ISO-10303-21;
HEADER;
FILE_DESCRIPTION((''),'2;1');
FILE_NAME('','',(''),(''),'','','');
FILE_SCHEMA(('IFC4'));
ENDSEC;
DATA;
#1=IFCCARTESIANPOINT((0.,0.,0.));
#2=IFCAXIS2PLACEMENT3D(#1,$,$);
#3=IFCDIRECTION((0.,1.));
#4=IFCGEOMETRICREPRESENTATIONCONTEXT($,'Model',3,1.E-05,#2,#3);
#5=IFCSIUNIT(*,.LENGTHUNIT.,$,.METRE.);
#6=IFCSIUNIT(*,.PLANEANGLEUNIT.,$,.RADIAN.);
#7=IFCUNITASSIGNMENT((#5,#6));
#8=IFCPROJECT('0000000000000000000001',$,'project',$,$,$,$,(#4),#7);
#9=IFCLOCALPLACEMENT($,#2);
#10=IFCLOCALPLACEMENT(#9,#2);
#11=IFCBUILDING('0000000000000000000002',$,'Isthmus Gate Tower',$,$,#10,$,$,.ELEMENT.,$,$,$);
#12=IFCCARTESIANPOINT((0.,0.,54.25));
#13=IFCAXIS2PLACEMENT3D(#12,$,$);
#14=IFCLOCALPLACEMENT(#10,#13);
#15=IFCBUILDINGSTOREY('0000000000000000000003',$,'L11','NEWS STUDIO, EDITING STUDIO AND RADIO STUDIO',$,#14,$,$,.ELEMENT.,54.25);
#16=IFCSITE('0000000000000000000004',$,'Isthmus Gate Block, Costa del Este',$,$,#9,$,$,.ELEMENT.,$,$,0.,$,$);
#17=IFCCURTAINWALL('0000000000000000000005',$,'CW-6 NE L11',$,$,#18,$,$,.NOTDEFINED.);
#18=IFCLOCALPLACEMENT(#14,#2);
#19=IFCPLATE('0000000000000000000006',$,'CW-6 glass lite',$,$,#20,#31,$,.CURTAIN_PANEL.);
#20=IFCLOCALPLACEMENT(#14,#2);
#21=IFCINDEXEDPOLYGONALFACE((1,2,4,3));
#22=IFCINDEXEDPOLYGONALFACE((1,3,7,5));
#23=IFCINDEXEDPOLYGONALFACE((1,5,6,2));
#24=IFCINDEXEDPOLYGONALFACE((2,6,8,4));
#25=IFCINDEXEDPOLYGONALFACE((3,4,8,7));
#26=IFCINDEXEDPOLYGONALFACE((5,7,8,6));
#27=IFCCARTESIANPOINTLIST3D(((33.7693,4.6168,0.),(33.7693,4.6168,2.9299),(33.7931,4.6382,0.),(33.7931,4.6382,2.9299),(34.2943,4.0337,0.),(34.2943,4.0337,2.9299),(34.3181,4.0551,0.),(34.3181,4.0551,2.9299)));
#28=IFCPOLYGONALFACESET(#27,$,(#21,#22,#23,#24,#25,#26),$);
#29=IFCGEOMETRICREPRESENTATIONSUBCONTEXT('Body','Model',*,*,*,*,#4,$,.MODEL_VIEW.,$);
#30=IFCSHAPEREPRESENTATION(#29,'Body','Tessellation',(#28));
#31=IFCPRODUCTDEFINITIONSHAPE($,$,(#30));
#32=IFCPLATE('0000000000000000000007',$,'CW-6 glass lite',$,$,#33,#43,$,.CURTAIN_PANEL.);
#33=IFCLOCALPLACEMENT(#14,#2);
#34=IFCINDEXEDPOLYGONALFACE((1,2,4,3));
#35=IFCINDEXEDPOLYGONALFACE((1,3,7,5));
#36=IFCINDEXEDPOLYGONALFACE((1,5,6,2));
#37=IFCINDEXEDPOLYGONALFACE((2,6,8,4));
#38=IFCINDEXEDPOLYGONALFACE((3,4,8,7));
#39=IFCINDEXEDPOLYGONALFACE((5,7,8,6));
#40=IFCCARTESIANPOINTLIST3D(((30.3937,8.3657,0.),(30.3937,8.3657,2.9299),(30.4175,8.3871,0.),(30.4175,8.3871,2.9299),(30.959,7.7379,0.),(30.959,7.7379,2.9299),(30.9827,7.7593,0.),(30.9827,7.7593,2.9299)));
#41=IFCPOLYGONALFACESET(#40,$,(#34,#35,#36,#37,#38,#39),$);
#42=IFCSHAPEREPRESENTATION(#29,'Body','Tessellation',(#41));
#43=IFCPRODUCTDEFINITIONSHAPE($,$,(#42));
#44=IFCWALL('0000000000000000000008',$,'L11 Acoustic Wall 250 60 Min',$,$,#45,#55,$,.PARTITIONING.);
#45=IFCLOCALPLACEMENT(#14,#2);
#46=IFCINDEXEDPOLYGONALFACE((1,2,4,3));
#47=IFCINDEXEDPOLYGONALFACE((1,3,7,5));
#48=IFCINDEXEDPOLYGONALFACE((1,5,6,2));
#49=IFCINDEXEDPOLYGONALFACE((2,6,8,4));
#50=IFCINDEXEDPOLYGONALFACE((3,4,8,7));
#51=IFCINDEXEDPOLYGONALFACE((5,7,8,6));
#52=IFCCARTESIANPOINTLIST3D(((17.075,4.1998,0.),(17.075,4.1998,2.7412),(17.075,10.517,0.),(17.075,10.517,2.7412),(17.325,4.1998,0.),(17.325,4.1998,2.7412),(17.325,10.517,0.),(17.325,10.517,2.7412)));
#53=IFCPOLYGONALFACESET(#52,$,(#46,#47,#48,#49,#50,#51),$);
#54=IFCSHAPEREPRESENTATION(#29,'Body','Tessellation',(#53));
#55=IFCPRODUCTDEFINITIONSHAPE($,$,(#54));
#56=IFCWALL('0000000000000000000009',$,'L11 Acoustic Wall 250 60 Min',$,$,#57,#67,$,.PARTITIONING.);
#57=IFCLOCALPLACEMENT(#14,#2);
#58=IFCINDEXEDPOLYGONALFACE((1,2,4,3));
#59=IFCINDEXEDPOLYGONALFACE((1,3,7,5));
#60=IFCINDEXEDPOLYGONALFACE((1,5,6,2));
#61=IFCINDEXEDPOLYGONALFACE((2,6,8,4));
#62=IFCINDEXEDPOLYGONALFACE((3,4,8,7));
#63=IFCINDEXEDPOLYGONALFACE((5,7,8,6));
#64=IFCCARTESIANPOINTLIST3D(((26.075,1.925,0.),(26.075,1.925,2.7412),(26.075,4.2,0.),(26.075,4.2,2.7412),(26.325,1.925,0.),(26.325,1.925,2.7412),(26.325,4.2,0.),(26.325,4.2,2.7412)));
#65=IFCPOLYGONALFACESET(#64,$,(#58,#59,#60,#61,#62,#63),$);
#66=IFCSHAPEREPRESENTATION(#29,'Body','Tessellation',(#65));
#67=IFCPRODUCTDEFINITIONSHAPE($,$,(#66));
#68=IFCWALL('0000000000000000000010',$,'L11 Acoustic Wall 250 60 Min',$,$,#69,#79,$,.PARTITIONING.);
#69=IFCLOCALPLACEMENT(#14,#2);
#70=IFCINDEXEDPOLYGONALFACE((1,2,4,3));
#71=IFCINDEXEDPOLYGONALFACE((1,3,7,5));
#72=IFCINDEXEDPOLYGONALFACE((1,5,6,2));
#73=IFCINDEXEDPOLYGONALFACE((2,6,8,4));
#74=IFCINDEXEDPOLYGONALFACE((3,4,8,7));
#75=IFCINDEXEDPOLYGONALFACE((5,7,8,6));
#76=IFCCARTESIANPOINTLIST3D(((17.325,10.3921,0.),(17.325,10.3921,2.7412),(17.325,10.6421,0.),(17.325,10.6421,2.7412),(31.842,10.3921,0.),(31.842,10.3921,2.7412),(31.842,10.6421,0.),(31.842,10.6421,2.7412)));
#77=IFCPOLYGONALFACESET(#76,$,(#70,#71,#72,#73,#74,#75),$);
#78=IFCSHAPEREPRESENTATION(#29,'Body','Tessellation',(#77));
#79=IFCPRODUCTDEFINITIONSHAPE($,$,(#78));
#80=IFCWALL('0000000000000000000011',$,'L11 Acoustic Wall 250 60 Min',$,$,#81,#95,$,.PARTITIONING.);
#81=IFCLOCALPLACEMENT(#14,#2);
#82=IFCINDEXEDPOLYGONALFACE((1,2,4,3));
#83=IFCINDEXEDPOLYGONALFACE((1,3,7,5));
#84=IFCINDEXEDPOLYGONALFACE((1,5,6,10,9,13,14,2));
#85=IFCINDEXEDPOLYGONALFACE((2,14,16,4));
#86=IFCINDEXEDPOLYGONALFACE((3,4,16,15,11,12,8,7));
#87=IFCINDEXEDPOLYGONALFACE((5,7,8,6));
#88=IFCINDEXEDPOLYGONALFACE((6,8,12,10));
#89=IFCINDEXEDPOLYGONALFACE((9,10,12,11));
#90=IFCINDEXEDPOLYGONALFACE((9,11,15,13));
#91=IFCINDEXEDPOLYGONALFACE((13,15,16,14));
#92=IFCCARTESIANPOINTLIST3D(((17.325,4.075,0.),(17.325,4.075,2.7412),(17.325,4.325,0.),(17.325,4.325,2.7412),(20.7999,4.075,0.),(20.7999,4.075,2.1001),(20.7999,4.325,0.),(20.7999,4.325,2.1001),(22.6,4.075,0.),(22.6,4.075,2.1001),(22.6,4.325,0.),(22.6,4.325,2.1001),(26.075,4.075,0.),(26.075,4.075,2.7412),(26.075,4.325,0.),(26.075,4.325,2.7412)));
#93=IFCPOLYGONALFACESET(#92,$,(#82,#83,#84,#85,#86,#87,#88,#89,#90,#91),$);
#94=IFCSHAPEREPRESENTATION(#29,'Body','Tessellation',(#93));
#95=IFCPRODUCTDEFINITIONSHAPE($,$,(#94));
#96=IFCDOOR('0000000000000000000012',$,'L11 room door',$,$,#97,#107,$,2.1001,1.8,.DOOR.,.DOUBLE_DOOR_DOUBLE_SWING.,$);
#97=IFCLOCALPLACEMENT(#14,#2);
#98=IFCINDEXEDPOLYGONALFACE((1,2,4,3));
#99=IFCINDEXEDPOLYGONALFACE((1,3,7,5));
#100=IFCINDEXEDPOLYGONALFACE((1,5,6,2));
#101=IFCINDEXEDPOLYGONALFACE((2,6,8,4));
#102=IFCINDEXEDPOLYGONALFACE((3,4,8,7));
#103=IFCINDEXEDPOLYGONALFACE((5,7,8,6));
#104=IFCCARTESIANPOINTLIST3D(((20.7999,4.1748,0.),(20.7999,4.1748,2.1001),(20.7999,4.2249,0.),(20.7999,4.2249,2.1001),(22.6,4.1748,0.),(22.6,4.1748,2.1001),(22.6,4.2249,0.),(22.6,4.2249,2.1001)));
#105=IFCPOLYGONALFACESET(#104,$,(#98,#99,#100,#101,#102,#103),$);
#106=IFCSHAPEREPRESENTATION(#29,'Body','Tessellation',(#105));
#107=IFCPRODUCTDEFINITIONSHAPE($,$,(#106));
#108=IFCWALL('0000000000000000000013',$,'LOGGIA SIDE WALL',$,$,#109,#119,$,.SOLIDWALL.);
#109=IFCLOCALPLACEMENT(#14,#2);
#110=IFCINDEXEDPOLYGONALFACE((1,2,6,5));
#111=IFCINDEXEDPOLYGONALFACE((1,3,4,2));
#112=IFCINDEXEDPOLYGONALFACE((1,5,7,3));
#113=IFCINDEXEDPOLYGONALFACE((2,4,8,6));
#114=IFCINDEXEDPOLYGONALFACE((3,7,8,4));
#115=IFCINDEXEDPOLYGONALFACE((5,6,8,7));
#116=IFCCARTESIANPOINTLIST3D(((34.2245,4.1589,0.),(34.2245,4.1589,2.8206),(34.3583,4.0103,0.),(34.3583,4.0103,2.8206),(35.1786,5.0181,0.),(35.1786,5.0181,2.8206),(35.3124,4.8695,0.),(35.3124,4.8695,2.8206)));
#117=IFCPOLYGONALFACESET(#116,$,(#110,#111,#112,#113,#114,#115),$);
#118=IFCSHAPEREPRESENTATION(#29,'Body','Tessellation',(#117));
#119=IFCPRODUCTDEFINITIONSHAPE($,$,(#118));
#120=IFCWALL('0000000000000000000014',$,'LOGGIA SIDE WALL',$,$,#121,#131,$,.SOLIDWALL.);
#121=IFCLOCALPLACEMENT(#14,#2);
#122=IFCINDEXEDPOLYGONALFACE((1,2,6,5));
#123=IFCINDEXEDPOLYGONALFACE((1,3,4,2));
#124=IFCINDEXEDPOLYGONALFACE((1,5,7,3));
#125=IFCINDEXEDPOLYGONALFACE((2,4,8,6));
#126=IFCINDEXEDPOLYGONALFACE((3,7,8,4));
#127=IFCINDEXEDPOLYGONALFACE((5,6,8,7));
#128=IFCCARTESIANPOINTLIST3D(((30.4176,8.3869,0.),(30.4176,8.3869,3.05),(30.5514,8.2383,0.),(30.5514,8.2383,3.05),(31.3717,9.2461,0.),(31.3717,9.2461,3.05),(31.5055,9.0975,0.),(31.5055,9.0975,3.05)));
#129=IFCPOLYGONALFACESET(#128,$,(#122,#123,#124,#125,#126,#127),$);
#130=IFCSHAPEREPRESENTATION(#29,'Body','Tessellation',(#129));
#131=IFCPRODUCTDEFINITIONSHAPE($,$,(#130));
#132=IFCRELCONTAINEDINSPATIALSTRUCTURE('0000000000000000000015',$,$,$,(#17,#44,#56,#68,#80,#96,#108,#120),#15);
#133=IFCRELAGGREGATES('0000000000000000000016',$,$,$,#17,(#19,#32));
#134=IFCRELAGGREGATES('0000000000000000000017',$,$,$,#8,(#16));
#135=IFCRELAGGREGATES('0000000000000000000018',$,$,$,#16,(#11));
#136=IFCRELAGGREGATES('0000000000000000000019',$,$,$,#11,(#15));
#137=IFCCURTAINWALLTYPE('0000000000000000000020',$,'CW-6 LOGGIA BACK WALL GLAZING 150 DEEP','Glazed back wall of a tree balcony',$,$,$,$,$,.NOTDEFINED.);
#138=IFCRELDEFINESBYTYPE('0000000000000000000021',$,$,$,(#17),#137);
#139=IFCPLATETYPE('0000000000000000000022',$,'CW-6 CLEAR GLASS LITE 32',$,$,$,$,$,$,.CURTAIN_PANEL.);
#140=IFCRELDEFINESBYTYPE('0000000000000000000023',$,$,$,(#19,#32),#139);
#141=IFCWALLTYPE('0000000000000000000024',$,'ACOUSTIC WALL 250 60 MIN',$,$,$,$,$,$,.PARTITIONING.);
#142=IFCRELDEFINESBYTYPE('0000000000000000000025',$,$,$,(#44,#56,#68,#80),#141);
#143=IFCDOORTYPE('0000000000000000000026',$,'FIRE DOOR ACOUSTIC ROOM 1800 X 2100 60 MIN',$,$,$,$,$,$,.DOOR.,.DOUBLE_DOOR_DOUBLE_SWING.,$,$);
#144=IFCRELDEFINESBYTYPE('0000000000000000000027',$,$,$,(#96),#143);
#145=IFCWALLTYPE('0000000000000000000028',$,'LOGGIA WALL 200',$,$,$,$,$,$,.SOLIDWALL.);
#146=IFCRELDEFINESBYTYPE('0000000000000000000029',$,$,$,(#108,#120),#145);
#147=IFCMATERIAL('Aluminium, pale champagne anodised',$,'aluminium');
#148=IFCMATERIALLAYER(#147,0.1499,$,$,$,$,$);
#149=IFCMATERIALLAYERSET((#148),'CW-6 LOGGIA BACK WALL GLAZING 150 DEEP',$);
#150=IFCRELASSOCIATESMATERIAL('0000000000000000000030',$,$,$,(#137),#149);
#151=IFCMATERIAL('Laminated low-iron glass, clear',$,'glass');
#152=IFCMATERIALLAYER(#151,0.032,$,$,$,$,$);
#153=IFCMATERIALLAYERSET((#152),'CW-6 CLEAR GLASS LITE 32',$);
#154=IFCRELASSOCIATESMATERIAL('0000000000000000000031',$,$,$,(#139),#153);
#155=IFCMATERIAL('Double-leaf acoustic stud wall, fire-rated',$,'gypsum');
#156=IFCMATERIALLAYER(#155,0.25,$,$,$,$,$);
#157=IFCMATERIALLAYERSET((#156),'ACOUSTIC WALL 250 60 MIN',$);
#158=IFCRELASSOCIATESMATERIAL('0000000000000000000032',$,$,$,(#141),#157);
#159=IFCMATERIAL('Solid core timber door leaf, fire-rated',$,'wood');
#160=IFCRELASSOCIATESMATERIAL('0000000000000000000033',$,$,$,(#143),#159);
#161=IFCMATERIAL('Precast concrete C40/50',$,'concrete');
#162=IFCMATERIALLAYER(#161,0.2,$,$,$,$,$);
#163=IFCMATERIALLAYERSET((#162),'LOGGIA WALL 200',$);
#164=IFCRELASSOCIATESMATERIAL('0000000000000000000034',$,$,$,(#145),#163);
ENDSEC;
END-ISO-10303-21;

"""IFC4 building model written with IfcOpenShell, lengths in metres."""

from ifc_helpers import new_model, si_unit, direction, frame, frame_2d, origin, origin_2d, place, context, subcontext, project, spatial, rectangle, extrude, material, layer, layer_set, type_object, element, fill, aggregate, save


model = new_model("IFC4")

# Units and contexts
model_context = context("Model", 3, precision=1e-05, world=origin(), true_north=direction((0.0, 1.0)))
body_context = subcontext(model_context, "Body", "Model", "MODEL_VIEW")
ifc_project = project(units=[si_unit("LENGTHUNIT", "METRE"), si_unit("PLANEANGLEUNIT", "RADIAN")], contexts=[model_context])

# Site, building, storey
site_placement = place(None, origin())
site = spatial("IfcSite", under=ifc_project, at=site_placement, Name="Isthmus Gate Block, Costa del Este", CompositionType="ELEMENT", RefElevation=0.0)
building_placement = place(site_placement, origin())
building = spatial("IfcBuilding", under=site, at=building_placement, Name="Isthmus Gate Tower", CompositionType="ELEMENT")
storey_placement = place(building_placement, frame((0.0, 0.0, 54.25)))
storey = spatial("IfcBuildingStorey", under=building, at=storey_placement, Name="L11", Description="NEWS STUDIO, EDITING STUDIO AND RADIO STUDIO", CompositionType="ELEMENT", Elevation=54.25)

# Curtain wall
ifc_material_1 = material(Name="Aluminium, pale champagne anodised", Category="aluminium")
ifc_layer_1 = layer(ifc_material_1, 0.1499)
ifc_layer_set_1 = layer_set([ifc_layer_1], Name="CW-6 LOGGIA BACK WALL GLAZING 150 DEEP")
curtain_wall_type = type_object("IfcCurtainWallType", Name="CW-6 LOGGIA BACK WALL GLAZING 150 DEEP", Description="Glazed back wall of a tree balcony", PredefinedType="NOTDEFINED", material=ifc_layer_set_1)
curtain_wall_placement = place(storey_placement, origin())
curtain_wall = element("IfcCurtainWall", 1, at=curtain_wall_placement, inside=storey, type_object=curtain_wall_type, Name="CW-6 NE L11", PredefinedType="NOTDEFINED")

# Plates
ifc_material_2 = material(Name="Laminated low-iron glass, clear", Category="glass")
ifc_layer_2 = layer(ifc_material_2, 0.032)
ifc_layer_set_2 = layer_set([ifc_layer_2], Name="CW-6 CLEAR GLASS LITE 32")
plate_type = type_object("IfcPlateType", Name="CW-6 CLEAR GLASS LITE 32", PredefinedType="CURTAIN_PANEL", material=ifc_layer_set_2)
plate_1_placement = place(storey_placement, frame((34.0437, 4.3359, 0.0), z_axis=(0.0, 0.0, 1.0), x_axis=(-0.669131, 0.743145, 0.0)))
plate_1 = element("IfcPlate", 2, at=plate_1_placement, type_object=plate_type, Name="CW-6 glass lite", PredefinedType="CURTAIN_PANEL", context=body_context, shape_type="SweptSolid", body=[
    extrude(rectangle(XDim=0.7847, YDim=0.032, at=origin_2d()), origin(), (0.0, 0.0, 1.0), 2.9299),
])
plate_2_placement = place(storey_placement, frame((30.6882, 8.0625, 0.0), z_axis=(0.0, 0.0, 1.0), x_axis=(-0.669131, 0.743145, 0.0)))
plate_2 = element("IfcPlate", 3, at=plate_2_placement, type_object=plate_type, Name="CW-6 glass lite", PredefinedType="CURTAIN_PANEL", context=body_context, shape_type="SweptSolid", body=[
    extrude(rectangle(XDim=0.8447, YDim=0.032, at=origin_2d()), origin(), (0.0, 0.0, 1.0), 2.9299),
])
aggregate(curtain_wall, [plate_1, plate_2])

# Walls
ifc_material_3 = material(Name="Double-leaf acoustic stud wall, fire-rated", Category="gypsum")
ifc_layer_3 = layer(ifc_material_3, 0.25)
ifc_layer_set_3 = layer_set([ifc_layer_3], Name="ACOUSTIC WALL 250 60 MIN")
wall_type_1 = type_object("IfcWallType", Name="ACOUSTIC WALL 250 60 MIN", PredefinedType="PARTITIONING", material=ifc_layer_set_3)
wall_1_placement = place(storey_placement, frame((17.2, 10.5171, 0.0), z_axis=(0.0, 0.0, 1.0), x_axis=(0.0, -1.0, 0.0)))
element("IfcWall", 4, at=wall_1_placement, inside=storey, type_object=wall_type_1, Name="L11 Acoustic Wall 250 60 Min", PredefinedType="PARTITIONING", context=body_context, shape_type="SweptSolid", body=[
    extrude(rectangle(XDim=6.3171, YDim=0.25, at=frame_2d((3.1587, 0.0))), origin(), (0.0, 0.0, 1.0), 2.7412),
])
wall_2_placement = place(storey_placement, frame((26.2, 4.2, 0.0), z_axis=(0.0, 0.0, 1.0), x_axis=(0.0, -1.0, 0.0)))
element("IfcWall", 5, at=wall_2_placement, inside=storey, type_object=wall_type_1, Name="L11 Acoustic Wall 250 60 Min", PredefinedType="PARTITIONING", context=body_context, shape_type="SweptSolid", body=[
    extrude(rectangle(XDim=2.2749, YDim=0.25, at=frame_2d((1.1375, 0.0))), origin(), (0.0, 0.0, 1.0), 2.7412),
])
wall_3_placement = place(storey_placement, frame((17.325, 10.5171, 0.0), z_axis=(0.0, 0.0, 1.0), x_axis=(1.0, 0.0, 0.0)))
element("IfcWall", 6, at=wall_3_placement, inside=storey, type_object=wall_type_1, Name="L11 Acoustic Wall 250 60 Min", PredefinedType="PARTITIONING", context=body_context, shape_type="SweptSolid", body=[
    extrude(rectangle(XDim=14.5171, YDim=0.25, at=frame_2d((7.2585, 0.0))), origin(), (0.0, 0.0, 1.0), 2.7412),
])

# Wall, opening, door
wall_4_placement = place(storey_placement, frame((17.325, 4.2, 0.0), z_axis=(0.0, 0.0, 1.0), x_axis=(1.0, 0.0, 0.0)))
wall_4 = element("IfcWall", 7, at=wall_4_placement, inside=storey, type_object=wall_type_1, Name="L11 Acoustic Wall 250 60 Min", PredefinedType="PARTITIONING", context=body_context, shape_type="SweptSolid", body=[
    extrude(rectangle(XDim=8.75, YDim=0.25, at=frame_2d((4.375, 0.0))), origin(), (0.0, 0.0, 1.0), 2.7412),
])
opening_1_placement = place(wall_4_placement, frame((3.4751, 0.0, 0.0)))
opening_1 = element("IfcOpeningElement", 8, at=opening_1_placement, cuts=wall_4, PredefinedType="OPENING", context=body_context, shape_type="SweptSolid", body=[
    extrude(rectangle(XDim=1.8, YDim=2.1001, at=frame_2d((0.8999, 1.05))), frame((0.0, 0.135, 0.0), z_axis=(0.0, -1.0, 0.0), x_axis=(1.0, 0.0, 0.0)), (0.0, 0.0, 1.0), 0.27),
])
ifc_material_4 = material(Name="Solid core timber door leaf, fire-rated", Category="wood")
door_type_1 = type_object("IfcDoorType", Name="FIRE DOOR ACOUSTIC ROOM 1800 X 2100 60 MIN", OperationType="DOUBLE_DOOR_DOUBLE_SWING", PredefinedType="DOOR", material=ifc_material_4)
door_1_placement = place(opening_1_placement, origin())
door_1 = element("IfcDoor", 9, at=door_1_placement, inside=storey, type_object=door_type_1, Name="L11 room door", OperationType="DOUBLE_DOOR_DOUBLE_SWING", OverallHeight=2.1001, OverallWidth=1.8, PredefinedType="DOOR", context=body_context, shape_type="SweptSolid", body=[
    extrude(rectangle(XDim=1.8, YDim=2.1001, at=frame_2d((0.8999, 1.05))), frame((0.0, 0.0249, 0.0), z_axis=(0.0, -1.0, 0.0), x_axis=(1.0, 0.0, 0.0)), (0.0, 0.0, 1.0), 0.05),
])
fill(opening_1, door_1)
ifc_material_5 = material(Name="Precast concrete C40/50", Category="concrete")
ifc_layer_4 = layer(ifc_material_5, 0.2)
ifc_layer_set_4 = layer_set([ifc_layer_4], Name="LOGGIA WALL 200")
wall_type_2 = type_object("IfcWallType", Name="LOGGIA WALL 200", PredefinedType="SOLIDWALL", material=ifc_layer_set_4)

# Walls
wall_5_placement = place(storey_placement, frame((35.2456, 4.9438, 0.0), z_axis=(0.0, 0.0, 1.0), x_axis=(-0.743124, -0.669154, 0.0)))
element("IfcWall", 10, at=wall_5_placement, inside=storey, type_object=wall_type_2, Name="LOGGIA SIDE WALL", PredefinedType="SOLIDWALL", context=body_context, shape_type="SweptSolid", body=[
    extrude(rectangle(XDim=1.2839, YDim=0.2, at=frame_2d((0.6421, 0.0))), origin(), (0.0, 0.0, 1.0), 2.8206),
])
wall_6_placement = place(storey_placement, frame((31.4387, 9.1719, 0.0), z_axis=(0.0, 0.0, 1.0), x_axis=(-0.743124, -0.669154, 0.0)))
element("IfcWall", 11, at=wall_6_placement, inside=storey, type_object=wall_type_2, Name="LOGGIA SIDE WALL", PredefinedType="SOLIDWALL", context=body_context, shape_type="SweptSolid", body=[
    extrude(rectangle(XDim=1.2839, YDim=0.2, at=frame_2d((0.6421, 0.0))), origin(), (0.0, 0.0, 1.0), 3.05),
])

save(model, "model.ifc")
